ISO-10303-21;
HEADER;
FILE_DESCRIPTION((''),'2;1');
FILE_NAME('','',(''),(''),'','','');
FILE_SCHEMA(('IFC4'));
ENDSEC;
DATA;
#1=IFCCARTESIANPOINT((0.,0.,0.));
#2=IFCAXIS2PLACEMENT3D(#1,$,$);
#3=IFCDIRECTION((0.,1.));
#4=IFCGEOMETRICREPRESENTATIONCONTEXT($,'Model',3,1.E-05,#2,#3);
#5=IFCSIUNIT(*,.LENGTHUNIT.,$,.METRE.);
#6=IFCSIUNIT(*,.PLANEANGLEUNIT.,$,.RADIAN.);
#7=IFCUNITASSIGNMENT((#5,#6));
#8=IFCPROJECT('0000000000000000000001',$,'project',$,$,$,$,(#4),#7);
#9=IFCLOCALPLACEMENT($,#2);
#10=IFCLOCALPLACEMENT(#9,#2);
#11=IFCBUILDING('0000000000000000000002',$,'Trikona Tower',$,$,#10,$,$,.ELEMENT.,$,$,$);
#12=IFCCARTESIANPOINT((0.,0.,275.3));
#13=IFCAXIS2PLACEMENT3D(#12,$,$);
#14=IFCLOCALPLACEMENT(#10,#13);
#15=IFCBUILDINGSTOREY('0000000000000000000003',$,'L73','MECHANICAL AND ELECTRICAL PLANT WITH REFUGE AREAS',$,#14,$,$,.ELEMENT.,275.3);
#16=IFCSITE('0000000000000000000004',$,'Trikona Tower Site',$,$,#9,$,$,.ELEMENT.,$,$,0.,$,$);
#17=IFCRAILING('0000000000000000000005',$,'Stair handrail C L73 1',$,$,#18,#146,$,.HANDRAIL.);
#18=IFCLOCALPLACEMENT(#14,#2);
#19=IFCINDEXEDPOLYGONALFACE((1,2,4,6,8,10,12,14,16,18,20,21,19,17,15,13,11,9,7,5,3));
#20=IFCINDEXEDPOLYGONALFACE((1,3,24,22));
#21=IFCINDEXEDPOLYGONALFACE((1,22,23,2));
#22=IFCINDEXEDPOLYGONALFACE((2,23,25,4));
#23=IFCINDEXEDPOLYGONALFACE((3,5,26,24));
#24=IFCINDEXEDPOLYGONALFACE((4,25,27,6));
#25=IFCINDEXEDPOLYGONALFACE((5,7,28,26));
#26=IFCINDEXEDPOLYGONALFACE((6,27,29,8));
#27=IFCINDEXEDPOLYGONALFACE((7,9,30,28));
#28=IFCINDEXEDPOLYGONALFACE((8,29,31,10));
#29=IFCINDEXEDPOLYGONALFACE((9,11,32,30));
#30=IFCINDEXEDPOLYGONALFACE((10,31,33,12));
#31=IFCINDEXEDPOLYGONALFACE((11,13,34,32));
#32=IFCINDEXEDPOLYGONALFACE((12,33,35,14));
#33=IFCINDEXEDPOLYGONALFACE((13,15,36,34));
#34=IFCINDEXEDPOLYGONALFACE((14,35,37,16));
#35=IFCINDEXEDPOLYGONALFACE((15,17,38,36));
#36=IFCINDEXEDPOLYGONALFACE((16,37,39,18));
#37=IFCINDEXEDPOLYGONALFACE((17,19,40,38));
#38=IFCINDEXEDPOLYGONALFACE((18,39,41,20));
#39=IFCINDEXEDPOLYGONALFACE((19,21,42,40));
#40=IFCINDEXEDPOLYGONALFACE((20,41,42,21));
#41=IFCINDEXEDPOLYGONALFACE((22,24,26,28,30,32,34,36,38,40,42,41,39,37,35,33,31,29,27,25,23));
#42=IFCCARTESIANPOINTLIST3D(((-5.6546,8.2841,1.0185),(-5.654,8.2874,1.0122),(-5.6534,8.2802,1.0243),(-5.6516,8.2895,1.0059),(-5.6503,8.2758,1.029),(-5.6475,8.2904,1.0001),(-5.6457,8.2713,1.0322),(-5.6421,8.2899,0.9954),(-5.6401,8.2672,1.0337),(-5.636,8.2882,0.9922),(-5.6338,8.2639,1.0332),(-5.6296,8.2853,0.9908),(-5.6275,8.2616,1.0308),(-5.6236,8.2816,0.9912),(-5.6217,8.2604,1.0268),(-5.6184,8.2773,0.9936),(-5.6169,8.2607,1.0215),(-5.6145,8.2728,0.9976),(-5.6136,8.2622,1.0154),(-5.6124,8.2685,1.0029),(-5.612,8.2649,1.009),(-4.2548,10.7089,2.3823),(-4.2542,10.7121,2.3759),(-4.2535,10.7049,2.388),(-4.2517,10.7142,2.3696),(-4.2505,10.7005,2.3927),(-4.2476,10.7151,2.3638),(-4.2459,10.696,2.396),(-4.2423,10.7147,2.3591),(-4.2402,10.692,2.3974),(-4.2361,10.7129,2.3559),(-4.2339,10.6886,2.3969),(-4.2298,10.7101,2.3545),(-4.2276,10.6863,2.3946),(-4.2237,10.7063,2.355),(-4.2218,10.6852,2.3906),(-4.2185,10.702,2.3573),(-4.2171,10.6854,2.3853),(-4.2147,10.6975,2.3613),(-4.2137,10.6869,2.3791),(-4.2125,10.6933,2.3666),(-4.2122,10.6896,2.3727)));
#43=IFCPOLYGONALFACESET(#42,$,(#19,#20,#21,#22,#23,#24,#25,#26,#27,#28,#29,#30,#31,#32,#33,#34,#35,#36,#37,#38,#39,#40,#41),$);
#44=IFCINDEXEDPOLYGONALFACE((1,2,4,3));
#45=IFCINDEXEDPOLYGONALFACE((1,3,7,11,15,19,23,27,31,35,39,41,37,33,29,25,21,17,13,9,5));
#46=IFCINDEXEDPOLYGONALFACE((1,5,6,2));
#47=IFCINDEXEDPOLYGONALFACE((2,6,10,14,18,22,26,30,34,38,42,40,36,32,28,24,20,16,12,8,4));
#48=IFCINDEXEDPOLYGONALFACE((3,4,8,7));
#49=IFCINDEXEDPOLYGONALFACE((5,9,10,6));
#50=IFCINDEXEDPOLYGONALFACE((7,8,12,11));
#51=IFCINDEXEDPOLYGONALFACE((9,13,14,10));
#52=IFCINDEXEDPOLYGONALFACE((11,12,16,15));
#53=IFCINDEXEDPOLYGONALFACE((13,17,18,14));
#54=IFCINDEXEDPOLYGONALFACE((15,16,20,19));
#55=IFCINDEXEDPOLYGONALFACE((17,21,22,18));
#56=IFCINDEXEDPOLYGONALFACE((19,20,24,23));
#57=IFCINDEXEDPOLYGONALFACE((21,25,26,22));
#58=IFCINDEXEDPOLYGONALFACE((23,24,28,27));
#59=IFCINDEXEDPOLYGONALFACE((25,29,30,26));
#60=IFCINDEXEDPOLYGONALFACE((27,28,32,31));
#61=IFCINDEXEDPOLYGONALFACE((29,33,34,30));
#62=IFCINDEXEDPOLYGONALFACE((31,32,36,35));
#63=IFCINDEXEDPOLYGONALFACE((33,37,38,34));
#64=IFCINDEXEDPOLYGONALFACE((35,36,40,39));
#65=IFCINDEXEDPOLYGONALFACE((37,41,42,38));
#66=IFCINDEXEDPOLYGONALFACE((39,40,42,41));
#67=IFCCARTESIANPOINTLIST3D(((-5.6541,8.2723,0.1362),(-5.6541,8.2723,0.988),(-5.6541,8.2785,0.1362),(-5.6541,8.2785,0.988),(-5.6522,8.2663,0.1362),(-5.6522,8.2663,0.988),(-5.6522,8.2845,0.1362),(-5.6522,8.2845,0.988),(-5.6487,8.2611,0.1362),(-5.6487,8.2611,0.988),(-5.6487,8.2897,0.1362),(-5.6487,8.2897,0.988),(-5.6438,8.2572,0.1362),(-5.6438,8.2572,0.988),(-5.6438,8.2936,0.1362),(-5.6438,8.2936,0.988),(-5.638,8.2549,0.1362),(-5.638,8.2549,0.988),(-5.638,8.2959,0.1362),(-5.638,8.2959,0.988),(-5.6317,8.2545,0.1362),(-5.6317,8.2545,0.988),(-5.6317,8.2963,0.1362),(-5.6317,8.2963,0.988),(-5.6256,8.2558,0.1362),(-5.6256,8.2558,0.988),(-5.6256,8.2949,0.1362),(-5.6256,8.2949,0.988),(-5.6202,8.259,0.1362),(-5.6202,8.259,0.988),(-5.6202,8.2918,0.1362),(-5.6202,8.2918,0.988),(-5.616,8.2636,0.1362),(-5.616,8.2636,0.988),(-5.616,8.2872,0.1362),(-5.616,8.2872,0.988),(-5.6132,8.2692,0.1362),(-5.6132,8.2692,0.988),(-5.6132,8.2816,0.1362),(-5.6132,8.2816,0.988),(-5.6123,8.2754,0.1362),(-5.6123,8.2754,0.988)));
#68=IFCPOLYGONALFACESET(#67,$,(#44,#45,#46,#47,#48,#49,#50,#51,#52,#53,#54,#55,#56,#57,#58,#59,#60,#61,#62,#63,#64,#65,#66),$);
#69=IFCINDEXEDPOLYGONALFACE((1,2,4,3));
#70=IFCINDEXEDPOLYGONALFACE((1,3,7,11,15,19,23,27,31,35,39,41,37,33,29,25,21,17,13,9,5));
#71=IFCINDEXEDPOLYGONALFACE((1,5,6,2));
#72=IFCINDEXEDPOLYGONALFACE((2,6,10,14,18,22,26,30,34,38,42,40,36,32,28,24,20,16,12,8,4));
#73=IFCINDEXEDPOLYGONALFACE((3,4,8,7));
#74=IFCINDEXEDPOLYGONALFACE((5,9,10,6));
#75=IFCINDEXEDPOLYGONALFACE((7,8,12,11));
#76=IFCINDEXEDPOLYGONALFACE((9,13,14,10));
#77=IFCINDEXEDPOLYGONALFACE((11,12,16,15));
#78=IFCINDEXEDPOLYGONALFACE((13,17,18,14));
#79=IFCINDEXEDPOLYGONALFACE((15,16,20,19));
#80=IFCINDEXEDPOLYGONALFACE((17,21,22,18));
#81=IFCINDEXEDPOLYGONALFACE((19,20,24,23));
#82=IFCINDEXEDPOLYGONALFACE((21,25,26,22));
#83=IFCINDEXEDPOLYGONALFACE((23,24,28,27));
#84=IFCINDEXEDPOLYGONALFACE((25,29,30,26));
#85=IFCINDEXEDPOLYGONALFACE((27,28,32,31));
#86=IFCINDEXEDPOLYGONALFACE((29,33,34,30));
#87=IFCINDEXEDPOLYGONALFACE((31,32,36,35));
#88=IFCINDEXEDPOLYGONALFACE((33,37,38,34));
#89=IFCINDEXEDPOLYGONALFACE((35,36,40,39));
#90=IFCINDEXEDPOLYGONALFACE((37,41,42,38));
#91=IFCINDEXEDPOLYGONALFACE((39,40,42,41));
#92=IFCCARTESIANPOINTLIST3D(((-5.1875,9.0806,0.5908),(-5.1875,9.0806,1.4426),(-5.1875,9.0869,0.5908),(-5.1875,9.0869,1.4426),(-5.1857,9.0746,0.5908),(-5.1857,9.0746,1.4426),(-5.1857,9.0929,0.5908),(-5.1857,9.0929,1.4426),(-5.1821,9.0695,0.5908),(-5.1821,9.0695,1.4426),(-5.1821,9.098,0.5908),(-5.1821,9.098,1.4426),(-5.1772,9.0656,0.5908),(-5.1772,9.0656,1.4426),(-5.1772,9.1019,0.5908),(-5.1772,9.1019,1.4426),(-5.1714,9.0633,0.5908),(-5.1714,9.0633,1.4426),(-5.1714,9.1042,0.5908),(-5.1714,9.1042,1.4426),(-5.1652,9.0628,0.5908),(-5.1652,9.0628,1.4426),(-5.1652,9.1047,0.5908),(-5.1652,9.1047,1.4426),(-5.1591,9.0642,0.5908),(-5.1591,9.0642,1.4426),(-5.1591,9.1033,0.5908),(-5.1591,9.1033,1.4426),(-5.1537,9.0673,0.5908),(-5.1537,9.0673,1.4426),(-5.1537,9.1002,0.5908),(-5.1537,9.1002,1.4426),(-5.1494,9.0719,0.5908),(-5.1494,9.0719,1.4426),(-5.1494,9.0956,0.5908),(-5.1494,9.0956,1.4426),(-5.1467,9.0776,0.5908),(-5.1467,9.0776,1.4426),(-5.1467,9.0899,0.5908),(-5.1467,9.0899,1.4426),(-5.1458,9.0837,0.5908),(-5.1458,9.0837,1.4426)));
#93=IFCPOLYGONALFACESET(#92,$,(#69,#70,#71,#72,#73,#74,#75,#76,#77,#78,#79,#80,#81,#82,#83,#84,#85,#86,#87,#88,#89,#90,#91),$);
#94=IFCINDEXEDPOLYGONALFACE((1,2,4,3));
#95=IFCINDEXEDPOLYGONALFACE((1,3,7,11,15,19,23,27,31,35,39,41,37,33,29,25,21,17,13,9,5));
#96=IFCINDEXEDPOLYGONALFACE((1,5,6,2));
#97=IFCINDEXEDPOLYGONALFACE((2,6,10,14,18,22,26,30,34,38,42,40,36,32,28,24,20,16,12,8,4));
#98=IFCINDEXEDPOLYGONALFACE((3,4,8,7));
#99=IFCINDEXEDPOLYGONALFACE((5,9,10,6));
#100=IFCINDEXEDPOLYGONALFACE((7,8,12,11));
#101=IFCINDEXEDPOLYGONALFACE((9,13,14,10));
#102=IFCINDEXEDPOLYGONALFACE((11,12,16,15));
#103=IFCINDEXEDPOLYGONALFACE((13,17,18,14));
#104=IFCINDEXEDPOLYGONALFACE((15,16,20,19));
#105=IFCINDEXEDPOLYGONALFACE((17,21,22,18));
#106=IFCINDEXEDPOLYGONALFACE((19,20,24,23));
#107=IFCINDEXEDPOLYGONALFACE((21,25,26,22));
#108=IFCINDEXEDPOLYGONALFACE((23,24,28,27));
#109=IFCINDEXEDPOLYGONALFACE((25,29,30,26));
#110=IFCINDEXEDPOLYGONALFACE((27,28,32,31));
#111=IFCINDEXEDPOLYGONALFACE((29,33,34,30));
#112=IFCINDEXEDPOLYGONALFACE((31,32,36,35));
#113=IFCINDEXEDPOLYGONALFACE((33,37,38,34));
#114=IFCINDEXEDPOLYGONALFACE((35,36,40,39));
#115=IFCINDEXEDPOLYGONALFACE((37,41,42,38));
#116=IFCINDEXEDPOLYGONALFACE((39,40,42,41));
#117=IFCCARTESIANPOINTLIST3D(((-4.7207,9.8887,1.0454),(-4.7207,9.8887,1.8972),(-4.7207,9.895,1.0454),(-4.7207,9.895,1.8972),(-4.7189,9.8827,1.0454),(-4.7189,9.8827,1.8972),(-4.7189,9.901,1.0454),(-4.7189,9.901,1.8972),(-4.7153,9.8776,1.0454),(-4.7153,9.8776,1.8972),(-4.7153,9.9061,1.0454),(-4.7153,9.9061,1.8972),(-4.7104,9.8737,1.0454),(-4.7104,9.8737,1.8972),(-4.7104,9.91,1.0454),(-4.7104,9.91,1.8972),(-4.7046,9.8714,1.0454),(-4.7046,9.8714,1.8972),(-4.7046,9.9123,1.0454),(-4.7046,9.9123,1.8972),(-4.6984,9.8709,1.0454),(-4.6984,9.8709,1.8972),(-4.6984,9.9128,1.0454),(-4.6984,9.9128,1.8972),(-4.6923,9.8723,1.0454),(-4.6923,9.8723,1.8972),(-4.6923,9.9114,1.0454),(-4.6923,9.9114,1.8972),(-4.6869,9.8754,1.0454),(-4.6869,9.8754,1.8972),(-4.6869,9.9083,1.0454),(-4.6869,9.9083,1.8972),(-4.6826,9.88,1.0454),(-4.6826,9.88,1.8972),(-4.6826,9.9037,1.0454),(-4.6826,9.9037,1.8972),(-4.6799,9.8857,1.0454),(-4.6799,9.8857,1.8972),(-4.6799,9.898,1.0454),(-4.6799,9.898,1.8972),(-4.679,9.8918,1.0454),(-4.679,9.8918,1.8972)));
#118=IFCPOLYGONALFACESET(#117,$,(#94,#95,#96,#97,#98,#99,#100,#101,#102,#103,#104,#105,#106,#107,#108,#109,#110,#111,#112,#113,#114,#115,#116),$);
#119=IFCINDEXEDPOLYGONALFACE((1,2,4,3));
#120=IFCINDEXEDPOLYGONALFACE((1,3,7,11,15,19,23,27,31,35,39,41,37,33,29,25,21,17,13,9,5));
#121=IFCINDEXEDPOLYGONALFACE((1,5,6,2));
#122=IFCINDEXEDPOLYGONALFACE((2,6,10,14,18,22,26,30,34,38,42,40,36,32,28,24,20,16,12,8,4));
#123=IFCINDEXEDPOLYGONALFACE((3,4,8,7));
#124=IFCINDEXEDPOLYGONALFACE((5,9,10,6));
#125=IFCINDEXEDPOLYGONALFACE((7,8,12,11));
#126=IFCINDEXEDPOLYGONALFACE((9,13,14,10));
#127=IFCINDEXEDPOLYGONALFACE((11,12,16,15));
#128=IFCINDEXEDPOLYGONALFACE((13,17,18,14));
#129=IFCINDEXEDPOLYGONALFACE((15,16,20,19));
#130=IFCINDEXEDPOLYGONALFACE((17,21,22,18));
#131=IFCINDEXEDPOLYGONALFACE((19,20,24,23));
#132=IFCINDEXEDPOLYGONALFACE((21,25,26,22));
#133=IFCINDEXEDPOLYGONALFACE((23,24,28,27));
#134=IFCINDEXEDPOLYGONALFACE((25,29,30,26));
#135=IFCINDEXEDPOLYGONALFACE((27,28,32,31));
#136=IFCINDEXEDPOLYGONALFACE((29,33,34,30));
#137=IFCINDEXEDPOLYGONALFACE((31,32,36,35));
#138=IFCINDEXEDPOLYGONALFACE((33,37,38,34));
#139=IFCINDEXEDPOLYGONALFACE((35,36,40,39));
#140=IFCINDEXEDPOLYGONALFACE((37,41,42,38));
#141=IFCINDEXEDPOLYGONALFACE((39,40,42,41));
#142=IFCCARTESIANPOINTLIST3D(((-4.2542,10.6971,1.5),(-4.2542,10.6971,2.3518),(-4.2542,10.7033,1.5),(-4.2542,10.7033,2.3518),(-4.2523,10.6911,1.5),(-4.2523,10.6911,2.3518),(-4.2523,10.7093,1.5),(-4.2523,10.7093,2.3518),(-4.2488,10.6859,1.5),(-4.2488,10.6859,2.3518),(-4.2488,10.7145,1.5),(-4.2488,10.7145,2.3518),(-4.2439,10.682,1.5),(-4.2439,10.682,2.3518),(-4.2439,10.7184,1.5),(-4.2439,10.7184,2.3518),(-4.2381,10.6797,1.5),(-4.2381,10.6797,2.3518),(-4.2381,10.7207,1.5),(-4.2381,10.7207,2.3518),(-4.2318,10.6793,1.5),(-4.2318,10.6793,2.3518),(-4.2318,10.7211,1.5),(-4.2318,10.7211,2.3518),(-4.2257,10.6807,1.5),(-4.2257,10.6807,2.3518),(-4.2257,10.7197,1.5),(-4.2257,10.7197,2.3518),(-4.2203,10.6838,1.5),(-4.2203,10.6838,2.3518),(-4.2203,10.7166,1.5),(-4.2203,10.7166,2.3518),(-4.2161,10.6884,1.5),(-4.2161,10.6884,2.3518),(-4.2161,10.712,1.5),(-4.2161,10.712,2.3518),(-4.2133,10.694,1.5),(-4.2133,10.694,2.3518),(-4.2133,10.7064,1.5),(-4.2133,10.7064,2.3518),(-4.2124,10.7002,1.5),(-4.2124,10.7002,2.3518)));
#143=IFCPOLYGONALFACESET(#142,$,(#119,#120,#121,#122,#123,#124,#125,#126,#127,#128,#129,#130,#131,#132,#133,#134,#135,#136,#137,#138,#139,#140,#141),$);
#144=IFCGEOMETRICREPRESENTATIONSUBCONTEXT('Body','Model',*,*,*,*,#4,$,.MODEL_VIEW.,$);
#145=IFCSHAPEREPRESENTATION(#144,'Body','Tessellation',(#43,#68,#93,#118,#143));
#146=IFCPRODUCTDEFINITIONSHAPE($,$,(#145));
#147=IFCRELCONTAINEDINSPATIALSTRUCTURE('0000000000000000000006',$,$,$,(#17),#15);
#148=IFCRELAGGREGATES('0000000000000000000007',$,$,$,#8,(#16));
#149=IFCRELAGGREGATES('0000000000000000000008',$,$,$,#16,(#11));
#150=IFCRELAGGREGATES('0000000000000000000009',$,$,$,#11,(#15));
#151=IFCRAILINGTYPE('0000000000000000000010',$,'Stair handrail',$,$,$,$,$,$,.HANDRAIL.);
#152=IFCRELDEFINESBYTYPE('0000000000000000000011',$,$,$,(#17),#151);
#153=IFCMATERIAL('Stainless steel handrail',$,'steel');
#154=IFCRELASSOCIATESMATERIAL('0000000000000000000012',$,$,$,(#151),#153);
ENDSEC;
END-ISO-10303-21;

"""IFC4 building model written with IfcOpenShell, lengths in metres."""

from ifc_helpers import new_model, si_unit, direction, frame, origin, origin_2d, place, context, subcontext, project, spatial, circle, extrude, material, type_object, element, save


model = new_model("IFC4")

# Units and contexts
model_context = context("Model", 3, precision=1e-05, world=origin(), true_north=direction((0.0, 1.0)))
body_context = subcontext(model_context, "Body", "Model", "MODEL_VIEW")
ifc_project = project(units=[si_unit("LENGTHUNIT", "METRE"), si_unit("PLANEANGLEUNIT", "RADIAN")], contexts=[model_context])

# Site, building, storey
site_placement = place(None, origin())
site = spatial("IfcSite", under=ifc_project, at=site_placement, Name="Trikona Tower Site", CompositionType="ELEMENT", RefElevation=0.0)
building_placement = place(site_placement, origin())
building = spatial("IfcBuilding", under=site, at=building_placement, Name="Trikona Tower", CompositionType="ELEMENT")
storey_placement = place(building_placement, frame((0.0, 0.0, 275.3)))
storey = spatial("IfcBuildingStorey", under=building, at=storey_placement, Name="L73", Description="MECHANICAL AND ELECTRICAL PLANT WITH REFUGE AREAS", CompositionType="ELEMENT", Elevation=275.3)

# Railing
ifc_material_1 = material(Name="Stainless steel handrail", Category="steel")
railing_type = type_object("IfcRailingType", Name="Stair handrail", PredefinedType="HANDRAIL", material=ifc_material_1)
for number, where, name in (
    (1, (-5.6333, 8.2754, 0.1362), "Stair handrail C L73 1"),
):
    element("IfcRailing", number, at=place(storey_placement, frame(where)), inside=storey, type_object=railing_type, Name=name, PredefinedType="HANDRAIL", context=body_context, shape_type="SweptSolid", body=[
        extrude(circle(Radius=0.0239, at=origin_2d()), frame((0.0, 0.0, 0.876), z_axis=(0.449498, 0.778587, 0.437896), x_axis=(-0.866035, 0.499984, 0.0)), (0.0, 0.0, 1.0), 3.1143),
        extrude(circle(Radius=0.021, at=origin_2d()), origin(), (0.0, 0.0, 1.0), 0.8518),
        extrude(circle(Radius=0.021, at=origin_2d()), frame((0.4666, 0.8083, 0.4546)), (0.0, 0.0, 1.0), 0.8518),
        extrude(circle(Radius=0.021, at=origin_2d()), frame((0.9333, 1.6165, 0.9092)), (0.0, 0.0, 1.0), 0.8518),
        extrude(circle(Radius=0.021, at=origin_2d()), frame((1.3999, 2.4248, 1.3638)), (0.0, 0.0, 1.0), 0.8518),
    ])

save(model, "model.ifc")
